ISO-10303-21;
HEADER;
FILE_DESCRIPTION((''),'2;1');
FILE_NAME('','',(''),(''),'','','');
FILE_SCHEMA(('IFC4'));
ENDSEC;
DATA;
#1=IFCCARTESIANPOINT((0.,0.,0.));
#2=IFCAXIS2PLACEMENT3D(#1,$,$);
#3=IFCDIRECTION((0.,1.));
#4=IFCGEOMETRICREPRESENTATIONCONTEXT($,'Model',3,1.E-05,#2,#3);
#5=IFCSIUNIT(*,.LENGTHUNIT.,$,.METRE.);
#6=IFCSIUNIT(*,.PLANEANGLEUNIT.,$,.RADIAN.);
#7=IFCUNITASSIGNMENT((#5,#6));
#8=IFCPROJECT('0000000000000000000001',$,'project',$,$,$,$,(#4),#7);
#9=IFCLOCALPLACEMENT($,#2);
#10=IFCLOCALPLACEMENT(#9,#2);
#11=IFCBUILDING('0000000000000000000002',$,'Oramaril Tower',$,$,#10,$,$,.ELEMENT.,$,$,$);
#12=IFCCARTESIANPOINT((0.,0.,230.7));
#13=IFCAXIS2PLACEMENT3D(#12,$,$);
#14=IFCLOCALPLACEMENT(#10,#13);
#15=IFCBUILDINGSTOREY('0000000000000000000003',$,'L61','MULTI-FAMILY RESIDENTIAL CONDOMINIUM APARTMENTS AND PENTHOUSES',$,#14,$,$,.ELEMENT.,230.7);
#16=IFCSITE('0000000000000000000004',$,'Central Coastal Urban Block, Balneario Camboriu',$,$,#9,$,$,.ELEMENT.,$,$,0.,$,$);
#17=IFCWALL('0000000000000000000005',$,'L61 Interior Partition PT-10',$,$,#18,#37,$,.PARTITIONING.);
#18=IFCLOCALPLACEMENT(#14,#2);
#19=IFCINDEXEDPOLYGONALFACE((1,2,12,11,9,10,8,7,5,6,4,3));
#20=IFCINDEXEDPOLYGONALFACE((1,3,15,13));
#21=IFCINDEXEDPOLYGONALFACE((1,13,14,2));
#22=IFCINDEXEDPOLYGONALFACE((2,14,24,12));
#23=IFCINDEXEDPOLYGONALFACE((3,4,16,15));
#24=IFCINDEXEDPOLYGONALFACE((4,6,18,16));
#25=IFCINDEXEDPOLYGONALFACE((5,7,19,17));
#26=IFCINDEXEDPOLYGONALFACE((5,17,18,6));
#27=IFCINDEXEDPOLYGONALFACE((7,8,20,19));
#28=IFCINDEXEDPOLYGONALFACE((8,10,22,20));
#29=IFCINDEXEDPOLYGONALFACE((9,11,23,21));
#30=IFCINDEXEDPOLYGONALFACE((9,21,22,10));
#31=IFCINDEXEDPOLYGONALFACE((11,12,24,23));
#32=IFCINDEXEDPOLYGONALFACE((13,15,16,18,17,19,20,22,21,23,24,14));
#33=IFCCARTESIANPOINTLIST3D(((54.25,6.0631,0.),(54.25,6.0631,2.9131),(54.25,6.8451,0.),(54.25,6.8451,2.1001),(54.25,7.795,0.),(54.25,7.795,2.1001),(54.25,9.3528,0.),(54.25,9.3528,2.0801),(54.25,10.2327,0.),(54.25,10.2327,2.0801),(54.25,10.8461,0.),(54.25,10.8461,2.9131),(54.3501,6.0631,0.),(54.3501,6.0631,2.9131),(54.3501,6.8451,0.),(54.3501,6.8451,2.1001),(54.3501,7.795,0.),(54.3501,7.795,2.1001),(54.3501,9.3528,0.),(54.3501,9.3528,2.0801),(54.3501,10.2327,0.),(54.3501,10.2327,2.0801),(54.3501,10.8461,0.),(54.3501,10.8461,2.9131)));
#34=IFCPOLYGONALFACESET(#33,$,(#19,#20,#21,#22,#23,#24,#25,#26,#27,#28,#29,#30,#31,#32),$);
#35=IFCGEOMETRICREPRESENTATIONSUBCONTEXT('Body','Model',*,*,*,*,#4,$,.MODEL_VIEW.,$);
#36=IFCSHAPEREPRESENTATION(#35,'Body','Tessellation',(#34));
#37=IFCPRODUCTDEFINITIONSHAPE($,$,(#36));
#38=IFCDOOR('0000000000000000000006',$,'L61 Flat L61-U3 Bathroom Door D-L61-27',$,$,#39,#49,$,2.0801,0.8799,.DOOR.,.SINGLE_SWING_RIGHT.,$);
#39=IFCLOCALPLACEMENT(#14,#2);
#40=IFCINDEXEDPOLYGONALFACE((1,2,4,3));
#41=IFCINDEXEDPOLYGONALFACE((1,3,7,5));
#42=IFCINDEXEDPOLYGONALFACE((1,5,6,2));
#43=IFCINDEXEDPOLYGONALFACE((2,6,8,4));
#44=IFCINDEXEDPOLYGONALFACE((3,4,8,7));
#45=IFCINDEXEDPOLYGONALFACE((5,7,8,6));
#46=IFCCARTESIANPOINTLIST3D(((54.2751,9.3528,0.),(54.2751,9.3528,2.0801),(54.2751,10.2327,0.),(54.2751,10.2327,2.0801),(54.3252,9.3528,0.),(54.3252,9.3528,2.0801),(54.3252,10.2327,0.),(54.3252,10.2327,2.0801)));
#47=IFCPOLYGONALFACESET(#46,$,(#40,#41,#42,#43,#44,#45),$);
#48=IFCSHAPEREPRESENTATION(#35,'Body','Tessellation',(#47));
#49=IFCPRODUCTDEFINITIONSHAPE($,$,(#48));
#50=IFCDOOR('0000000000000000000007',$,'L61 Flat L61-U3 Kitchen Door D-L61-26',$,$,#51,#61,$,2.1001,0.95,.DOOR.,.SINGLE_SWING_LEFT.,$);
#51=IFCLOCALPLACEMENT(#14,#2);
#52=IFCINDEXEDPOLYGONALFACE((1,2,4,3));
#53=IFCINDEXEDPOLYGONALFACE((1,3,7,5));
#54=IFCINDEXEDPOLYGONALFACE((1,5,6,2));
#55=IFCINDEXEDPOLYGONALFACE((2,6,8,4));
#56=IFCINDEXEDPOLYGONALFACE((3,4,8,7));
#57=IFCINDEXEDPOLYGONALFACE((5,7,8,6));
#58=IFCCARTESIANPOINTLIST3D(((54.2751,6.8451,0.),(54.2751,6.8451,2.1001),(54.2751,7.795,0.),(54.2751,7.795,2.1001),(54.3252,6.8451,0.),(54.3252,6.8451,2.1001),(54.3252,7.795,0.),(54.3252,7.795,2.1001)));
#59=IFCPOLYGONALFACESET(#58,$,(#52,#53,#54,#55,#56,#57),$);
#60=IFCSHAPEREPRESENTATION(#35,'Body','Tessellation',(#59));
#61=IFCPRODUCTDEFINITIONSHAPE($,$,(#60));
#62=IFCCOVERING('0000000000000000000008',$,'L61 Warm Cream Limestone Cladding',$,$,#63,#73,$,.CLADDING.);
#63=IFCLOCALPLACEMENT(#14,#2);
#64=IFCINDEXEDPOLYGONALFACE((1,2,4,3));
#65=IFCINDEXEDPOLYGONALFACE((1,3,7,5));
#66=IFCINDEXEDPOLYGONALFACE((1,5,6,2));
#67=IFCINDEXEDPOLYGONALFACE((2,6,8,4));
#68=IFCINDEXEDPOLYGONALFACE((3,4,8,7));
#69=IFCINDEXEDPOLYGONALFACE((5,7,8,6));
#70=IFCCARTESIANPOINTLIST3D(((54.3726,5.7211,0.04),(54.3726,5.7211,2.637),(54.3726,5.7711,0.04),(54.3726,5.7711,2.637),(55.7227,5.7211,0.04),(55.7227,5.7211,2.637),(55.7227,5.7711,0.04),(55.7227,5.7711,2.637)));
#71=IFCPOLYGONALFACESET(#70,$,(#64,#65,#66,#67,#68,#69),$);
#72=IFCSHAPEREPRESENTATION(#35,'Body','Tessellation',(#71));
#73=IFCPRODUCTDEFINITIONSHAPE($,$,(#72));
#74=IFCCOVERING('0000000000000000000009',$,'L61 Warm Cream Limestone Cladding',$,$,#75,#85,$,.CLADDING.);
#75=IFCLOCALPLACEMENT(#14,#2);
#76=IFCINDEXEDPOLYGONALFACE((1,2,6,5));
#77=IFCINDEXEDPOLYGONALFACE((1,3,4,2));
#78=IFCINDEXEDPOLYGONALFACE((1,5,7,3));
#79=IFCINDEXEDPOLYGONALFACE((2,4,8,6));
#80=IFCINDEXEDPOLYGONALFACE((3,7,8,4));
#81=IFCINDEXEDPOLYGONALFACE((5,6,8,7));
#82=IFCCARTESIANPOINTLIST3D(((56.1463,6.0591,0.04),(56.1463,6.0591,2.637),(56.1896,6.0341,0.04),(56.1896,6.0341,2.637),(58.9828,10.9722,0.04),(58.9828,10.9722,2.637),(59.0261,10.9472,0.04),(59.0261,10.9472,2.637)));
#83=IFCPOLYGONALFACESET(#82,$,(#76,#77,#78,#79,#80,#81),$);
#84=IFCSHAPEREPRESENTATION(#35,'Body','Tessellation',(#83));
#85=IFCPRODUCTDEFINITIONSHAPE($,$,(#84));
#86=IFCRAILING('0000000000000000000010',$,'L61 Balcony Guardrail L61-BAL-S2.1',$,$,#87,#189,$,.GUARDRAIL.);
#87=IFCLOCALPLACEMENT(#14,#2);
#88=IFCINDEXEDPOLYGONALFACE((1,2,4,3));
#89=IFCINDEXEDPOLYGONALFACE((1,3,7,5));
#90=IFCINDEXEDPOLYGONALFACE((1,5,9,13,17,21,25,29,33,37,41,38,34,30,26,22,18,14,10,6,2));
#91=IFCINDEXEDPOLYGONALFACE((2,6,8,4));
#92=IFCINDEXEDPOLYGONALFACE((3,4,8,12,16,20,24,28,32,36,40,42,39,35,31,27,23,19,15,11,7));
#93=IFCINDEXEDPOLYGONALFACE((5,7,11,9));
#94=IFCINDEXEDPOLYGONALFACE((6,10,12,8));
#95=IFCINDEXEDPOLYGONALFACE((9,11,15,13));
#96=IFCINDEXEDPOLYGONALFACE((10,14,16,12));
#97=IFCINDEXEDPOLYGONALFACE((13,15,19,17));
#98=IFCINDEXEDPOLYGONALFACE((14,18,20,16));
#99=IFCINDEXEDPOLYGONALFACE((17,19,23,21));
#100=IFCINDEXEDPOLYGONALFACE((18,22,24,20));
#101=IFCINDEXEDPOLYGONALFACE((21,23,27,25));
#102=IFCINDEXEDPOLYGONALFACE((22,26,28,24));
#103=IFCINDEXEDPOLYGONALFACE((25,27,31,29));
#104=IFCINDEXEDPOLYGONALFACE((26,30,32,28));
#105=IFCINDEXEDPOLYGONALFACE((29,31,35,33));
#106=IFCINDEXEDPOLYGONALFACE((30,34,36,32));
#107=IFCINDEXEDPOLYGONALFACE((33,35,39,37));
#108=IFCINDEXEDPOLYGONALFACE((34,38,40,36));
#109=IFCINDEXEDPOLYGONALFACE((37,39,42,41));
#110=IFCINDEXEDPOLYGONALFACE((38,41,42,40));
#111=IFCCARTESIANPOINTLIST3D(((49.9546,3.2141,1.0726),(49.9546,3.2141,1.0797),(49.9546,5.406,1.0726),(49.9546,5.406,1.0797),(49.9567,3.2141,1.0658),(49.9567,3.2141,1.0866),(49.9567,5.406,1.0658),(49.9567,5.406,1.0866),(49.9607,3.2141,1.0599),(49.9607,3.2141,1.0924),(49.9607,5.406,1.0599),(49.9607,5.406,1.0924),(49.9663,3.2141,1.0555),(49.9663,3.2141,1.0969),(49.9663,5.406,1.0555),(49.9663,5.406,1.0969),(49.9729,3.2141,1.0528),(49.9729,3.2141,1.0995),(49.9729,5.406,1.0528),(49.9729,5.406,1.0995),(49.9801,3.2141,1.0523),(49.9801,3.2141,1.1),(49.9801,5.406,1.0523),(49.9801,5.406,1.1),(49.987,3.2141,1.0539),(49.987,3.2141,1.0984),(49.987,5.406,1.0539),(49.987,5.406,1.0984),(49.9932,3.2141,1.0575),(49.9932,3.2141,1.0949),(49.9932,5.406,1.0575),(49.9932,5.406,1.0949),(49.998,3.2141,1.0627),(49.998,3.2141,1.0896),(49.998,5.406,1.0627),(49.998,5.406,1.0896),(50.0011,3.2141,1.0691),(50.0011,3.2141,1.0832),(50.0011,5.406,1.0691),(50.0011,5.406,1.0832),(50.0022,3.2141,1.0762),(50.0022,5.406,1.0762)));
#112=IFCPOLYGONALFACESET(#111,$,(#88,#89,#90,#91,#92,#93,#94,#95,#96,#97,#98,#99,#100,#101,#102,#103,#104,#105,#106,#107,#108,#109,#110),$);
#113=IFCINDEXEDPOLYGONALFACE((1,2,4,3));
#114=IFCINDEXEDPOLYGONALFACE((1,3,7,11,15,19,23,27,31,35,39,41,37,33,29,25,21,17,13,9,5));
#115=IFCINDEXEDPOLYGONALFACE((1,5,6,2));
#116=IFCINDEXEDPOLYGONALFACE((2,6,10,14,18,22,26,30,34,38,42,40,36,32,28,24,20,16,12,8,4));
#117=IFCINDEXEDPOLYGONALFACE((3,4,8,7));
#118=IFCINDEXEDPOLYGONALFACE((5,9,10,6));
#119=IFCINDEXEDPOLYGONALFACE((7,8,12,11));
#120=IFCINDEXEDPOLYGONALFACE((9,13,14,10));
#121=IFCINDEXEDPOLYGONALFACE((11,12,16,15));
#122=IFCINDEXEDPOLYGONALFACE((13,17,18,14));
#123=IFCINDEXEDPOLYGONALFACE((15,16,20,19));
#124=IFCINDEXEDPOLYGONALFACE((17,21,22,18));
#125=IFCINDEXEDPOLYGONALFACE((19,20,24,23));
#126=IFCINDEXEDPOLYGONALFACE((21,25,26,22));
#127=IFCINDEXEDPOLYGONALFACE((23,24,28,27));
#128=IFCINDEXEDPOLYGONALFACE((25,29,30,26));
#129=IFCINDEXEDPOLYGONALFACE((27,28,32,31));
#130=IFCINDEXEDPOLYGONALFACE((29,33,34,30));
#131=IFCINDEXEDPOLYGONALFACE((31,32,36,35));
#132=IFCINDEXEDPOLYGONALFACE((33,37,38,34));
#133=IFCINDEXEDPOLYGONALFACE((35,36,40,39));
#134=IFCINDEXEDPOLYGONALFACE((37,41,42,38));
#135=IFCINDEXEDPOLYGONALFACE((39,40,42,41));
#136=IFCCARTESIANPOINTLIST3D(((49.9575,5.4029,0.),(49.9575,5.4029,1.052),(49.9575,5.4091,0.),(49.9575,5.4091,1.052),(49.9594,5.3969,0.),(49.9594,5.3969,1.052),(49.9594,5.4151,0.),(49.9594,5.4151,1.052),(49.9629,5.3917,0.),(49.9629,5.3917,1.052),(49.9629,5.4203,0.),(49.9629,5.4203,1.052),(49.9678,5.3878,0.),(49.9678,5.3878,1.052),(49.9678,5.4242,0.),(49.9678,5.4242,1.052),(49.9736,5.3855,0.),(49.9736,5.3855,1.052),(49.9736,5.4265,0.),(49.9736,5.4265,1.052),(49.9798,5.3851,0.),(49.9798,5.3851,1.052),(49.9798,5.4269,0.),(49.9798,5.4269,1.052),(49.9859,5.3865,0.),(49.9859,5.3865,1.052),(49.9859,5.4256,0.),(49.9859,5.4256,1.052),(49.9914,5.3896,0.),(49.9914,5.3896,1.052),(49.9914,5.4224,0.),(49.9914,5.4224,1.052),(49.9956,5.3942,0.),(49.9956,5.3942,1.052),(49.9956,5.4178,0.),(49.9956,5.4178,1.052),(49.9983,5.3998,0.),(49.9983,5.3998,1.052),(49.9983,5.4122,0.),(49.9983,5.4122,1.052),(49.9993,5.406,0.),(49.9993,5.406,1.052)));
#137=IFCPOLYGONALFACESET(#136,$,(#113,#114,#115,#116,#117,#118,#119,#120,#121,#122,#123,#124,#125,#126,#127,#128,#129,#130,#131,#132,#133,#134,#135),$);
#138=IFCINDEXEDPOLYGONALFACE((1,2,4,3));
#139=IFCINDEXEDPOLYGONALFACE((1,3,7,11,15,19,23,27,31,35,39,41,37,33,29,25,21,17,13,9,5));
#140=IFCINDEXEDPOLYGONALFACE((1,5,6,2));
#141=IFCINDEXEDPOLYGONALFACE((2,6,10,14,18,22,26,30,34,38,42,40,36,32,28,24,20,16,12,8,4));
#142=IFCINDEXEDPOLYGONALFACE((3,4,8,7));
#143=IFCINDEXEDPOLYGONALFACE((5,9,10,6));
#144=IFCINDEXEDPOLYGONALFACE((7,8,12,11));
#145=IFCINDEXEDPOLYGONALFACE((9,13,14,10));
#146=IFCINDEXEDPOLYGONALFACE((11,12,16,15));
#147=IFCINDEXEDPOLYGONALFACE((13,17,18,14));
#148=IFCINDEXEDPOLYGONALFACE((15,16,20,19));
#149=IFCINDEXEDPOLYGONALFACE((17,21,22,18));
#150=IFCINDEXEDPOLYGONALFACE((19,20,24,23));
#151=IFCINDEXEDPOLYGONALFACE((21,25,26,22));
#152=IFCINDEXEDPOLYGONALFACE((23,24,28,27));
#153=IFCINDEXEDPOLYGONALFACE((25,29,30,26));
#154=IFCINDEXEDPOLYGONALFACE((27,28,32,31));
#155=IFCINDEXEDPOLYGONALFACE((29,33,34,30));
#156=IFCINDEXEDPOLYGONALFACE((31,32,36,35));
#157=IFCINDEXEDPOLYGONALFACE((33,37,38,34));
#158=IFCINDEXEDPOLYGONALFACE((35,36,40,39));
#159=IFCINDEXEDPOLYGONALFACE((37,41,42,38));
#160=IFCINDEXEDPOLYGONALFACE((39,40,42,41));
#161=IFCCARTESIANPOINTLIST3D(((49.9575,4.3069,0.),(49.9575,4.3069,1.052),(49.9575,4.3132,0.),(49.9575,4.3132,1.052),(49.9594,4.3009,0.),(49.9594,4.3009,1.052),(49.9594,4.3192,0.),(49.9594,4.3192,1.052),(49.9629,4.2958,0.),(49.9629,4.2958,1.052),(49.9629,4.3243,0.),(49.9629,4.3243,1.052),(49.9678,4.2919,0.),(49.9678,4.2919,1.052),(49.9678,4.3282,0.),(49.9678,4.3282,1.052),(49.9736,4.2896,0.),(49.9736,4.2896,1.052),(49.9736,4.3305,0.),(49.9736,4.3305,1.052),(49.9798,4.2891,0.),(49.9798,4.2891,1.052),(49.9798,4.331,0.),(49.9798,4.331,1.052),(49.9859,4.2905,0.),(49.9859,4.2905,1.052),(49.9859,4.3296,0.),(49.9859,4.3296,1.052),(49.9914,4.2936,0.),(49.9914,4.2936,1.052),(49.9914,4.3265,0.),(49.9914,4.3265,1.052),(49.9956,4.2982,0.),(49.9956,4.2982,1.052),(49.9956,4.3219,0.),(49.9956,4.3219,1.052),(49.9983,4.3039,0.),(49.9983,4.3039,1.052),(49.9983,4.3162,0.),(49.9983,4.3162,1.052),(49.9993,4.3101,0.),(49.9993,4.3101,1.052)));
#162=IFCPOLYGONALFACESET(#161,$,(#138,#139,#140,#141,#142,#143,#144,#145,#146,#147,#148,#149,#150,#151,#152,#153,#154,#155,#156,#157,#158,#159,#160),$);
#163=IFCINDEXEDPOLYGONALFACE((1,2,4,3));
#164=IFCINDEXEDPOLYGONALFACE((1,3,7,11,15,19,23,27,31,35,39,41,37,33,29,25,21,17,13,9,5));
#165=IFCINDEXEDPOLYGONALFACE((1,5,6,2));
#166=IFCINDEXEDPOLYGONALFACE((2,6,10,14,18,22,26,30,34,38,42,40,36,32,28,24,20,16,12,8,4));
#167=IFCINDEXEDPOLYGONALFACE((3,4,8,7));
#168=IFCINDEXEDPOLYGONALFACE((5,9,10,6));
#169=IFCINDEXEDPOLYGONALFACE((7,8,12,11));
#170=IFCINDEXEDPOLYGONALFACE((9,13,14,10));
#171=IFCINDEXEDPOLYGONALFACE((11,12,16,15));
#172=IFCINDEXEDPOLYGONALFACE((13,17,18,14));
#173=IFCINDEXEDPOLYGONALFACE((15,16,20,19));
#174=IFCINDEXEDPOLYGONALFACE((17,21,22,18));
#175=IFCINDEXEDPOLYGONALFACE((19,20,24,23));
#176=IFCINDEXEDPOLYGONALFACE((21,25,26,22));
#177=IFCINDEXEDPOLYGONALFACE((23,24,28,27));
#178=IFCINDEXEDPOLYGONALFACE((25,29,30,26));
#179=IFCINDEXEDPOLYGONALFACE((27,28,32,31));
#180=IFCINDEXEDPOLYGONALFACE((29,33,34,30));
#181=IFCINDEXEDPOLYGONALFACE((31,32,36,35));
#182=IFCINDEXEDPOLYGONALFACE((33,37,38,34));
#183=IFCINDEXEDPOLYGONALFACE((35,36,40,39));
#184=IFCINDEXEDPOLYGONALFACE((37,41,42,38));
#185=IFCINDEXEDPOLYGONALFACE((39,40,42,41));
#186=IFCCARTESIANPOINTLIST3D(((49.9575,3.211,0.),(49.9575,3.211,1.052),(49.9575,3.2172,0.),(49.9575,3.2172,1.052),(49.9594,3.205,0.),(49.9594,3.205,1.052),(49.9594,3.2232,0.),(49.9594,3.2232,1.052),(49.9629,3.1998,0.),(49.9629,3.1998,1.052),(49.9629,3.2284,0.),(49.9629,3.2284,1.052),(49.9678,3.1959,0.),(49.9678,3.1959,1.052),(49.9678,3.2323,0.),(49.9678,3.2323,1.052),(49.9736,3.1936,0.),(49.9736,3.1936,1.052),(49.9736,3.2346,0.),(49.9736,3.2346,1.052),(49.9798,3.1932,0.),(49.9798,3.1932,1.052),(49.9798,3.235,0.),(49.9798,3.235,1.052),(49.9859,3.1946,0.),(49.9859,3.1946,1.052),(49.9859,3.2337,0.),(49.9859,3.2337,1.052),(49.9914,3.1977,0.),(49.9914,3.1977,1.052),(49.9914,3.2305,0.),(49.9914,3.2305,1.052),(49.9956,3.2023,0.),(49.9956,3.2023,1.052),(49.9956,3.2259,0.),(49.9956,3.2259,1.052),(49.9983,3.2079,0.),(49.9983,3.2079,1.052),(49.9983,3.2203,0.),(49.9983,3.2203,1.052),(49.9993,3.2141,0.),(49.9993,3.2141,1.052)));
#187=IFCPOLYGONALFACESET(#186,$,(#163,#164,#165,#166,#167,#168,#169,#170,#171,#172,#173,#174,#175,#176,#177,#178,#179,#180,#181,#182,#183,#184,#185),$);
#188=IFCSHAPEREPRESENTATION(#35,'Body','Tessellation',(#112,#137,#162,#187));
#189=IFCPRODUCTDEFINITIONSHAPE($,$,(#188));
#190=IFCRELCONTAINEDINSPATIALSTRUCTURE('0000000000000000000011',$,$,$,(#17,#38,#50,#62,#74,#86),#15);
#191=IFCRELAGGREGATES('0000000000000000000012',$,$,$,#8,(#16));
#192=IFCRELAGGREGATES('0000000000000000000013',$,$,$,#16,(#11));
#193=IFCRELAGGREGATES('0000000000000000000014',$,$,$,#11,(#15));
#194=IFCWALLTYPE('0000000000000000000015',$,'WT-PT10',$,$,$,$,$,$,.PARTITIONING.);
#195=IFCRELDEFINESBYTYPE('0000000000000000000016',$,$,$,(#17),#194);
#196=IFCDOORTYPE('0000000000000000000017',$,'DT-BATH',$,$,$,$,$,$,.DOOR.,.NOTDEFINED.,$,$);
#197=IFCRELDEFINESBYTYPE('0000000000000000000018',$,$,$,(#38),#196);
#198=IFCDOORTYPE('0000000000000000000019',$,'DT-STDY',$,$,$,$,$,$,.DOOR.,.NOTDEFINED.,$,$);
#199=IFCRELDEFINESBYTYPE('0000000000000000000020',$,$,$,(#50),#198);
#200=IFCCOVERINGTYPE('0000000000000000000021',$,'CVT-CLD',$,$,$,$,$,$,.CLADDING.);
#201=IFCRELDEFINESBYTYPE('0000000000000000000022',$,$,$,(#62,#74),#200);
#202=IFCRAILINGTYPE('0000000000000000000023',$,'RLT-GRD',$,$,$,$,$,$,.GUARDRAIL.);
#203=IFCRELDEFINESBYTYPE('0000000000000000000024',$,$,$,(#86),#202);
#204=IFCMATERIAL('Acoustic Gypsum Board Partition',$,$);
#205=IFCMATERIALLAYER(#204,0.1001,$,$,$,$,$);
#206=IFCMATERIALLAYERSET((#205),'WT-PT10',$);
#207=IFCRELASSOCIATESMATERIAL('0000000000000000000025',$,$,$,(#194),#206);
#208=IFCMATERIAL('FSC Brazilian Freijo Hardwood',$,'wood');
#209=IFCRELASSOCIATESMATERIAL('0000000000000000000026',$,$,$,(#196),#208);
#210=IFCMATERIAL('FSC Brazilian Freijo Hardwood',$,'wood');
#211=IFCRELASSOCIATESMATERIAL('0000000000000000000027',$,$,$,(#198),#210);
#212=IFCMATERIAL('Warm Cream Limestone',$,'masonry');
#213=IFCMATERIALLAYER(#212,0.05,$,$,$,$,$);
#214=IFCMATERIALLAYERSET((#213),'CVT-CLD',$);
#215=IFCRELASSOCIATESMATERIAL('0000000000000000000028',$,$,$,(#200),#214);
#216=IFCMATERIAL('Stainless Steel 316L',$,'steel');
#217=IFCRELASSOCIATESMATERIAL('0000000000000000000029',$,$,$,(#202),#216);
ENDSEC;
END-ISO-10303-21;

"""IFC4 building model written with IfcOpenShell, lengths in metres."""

from ifc_helpers import new_model, si_unit, direction, frame, frame_2d, origin, origin_2d, place, context, subcontext, project, spatial, rectangle, circle, extrude, material, layer, layer_set, type_object, element, fill, save


model = new_model("IFC4")

# Units and contexts
model_context = context("Model", 3, precision=1e-05, world=origin(), true_north=direction((0.0, 1.0)))
body_context = subcontext(model_context, "Body", "Model", "MODEL_VIEW")
ifc_project = project(units=[si_unit("LENGTHUNIT", "METRE"), si_unit("PLANEANGLEUNIT", "RADIAN")], contexts=[model_context])

# Site, building, storey
site_placement = place(None, origin())
site = spatial("IfcSite", under=ifc_project, at=site_placement, Name="Central Coastal Urban Block, Balneario Camboriu", CompositionType="ELEMENT", RefElevation=0.0)
building_placement = place(site_placement, origin())
building = spatial("IfcBuilding", under=site, at=building_placement, Name="Oramaril Tower", CompositionType="ELEMENT")
storey_placement = place(building_placement, frame((0.0, 0.0, 230.7)))
storey = spatial("IfcBuildingStorey", under=building, at=storey_placement, Name="L61", Description="MULTI-FAMILY RESIDENTIAL CONDOMINIUM APARTMENTS AND PENTHOUSES", CompositionType="ELEMENT", Elevation=230.7)

# Wall, openings, doors
ifc_material_1 = material(Name="Acoustic Gypsum Board Partition")
ifc_layer_1 = layer(ifc_material_1, 0.1001)
ifc_layer_set_1 = layer_set([ifc_layer_1], Name="WT-PT10")
wall_type_1 = type_object("IfcWallType", Name="WT-PT10", PredefinedType="PARTITIONING", material=ifc_layer_set_1)
wall_1_placement = place(storey_placement, frame((54.3, 6.063, 0.0), z_axis=(0.0, 0.0, 1.0), x_axis=(0.0, 1.0, 0.0)))
wall_1 = element("IfcWall", 1, at=wall_1_placement, inside=storey, type_object=wall_type_1, Name="L61 Interior Partition PT-10", PredefinedType="PARTITIONING", context=body_context, shape_type="SweptSolid", body=[
    extrude(rectangle(XDim=4.783, YDim=0.1001, at=frame_2d((2.3916, 0.0))), origin(), (0.0, 0.0, 1.0), 2.9131),
])
opening_1_placement = place(wall_1_placement, frame((0.782, 0.0, 0.0)))
opening_1 = element("IfcOpeningElement", 2, at=opening_1_placement, cuts=wall_1, PredefinedType="OPENING", context=body_context, shape_type="SweptSolid", body=[
    extrude(rectangle(XDim=0.95, YDim=2.1001, at=frame_2d((0.4751, 1.05))), frame((0.0, 0.05, 0.0), z_axis=(0.0, -1.0, 0.0), x_axis=(1.0, 0.0, 0.0)), (0.0, 0.0, 1.0), 0.1001),
])
opening_2_placement = place(wall_1_placement, frame((3.2898, 0.0, 0.0)))
opening_2 = element("IfcOpeningElement", 3, at=opening_2_placement, cuts=wall_1, PredefinedType="OPENING", context=body_context, shape_type="SweptSolid", body=[
    extrude(rectangle(XDim=0.8799, YDim=2.0801, at=frame_2d((0.4399, 1.04))), frame((0.0, 0.05, 0.0), z_axis=(0.0, -1.0, 0.0), x_axis=(1.0, 0.0, 0.0)), (0.0, 0.0, 1.0), 0.1001),
])
ifc_material_2 = material(Name="FSC Brazilian Freijo Hardwood", Category="wood")
door_type_1 = type_object("IfcDoorType", Name="DT-BATH", OperationType="NOTDEFINED", PredefinedType="DOOR", material=ifc_material_2)
door_1_placement = place(opening_2_placement, origin())
door_1 = element("IfcDoor", 4, at=door_1_placement, inside=storey, type_object=door_type_1, Name="L61 Flat L61-U3 Bathroom Door D-L61-27", OperationType="SINGLE_SWING_RIGHT", OverallHeight=2.0801, OverallWidth=0.8799, PredefinedType="DOOR", context=body_context, shape_type="SweptSolid", body=[
    extrude(rectangle(XDim=0.8799, YDim=2.0801, at=frame_2d((0.4399, 1.04))), frame((0.0, 0.0249, 0.0), z_axis=(0.0, -1.0, 0.0), x_axis=(1.0, 0.0, 0.0)), (0.0, 0.0, 1.0), 0.05),
])
fill(opening_2, door_1)
ifc_material_3 = material(Name="FSC Brazilian Freijo Hardwood", Category="wood")
door_type_2 = type_object("IfcDoorType", Name="DT-STDY", OperationType="NOTDEFINED", PredefinedType="DOOR", material=ifc_material_3)
door_2_placement = place(opening_1_placement, origin())
door_2 = element("IfcDoor", 5, at=door_2_placement, inside=storey, type_object=door_type_2, Name="L61 Flat L61-U3 Kitchen Door D-L61-26", OperationType="SINGLE_SWING_LEFT", OverallHeight=2.1001, OverallWidth=0.95, PredefinedType="DOOR", context=body_context, shape_type="SweptSolid", body=[
    extrude(rectangle(XDim=0.95, YDim=2.1001, at=frame_2d((0.4751, 1.05))), frame((0.0, 0.0249, 0.0), z_axis=(0.0, -1.0, 0.0), x_axis=(1.0, 0.0, 0.0)), (0.0, 0.0, 1.0), 0.05),
])
fill(opening_1, door_2)

# Coverings
ifc_material_4 = material(Name="Warm Cream Limestone", Category="masonry")
ifc_layer_2 = layer(ifc_material_4, 0.05)
ifc_layer_set_2 = layer_set([ifc_layer_2], Name="CVT-CLD")
covering_type = type_object("IfcCoveringType", Name="CVT-CLD", PredefinedType="CLADDING", material=ifc_layer_set_2)
covering_1_placement = place(storey_placement, frame((55.0476, 5.7461, 0.04), z_axis=(0.0, 0.0, 1.0), x_axis=(1.0, 0.0, 0.0)))
element("IfcCovering", 6, at=covering_1_placement, inside=storey, type_object=covering_type, Name="L61 Warm Cream Limestone Cladding", PredefinedType="CLADDING", context=body_context, shape_type="SweptSolid", body=[
    extrude(rectangle(XDim=1.3501, YDim=0.05, at=origin_2d()), origin(), (0.0, 0.0, 1.0), 2.5969),
])
covering_2_placement = place(storey_placement, frame((57.5862, 8.5032, 0.04), z_axis=(0.0, 0.0, 1.0), x_axis=(0.499991, 0.866031, 0.0)))
element("IfcCovering", 7, at=covering_2_placement, inside=storey, type_object=covering_type, Name="L61 Warm Cream Limestone Cladding", PredefinedType="CLADDING", context=body_context, shape_type="SweptSolid", body=[
    extrude(rectangle(XDim=5.6731, YDim=0.05, at=origin_2d()), origin(), (0.0, 0.0, 1.0), 2.5969),
])

# Railing
ifc_material_5 = material(Name="Stainless Steel 316L", Category="steel")
railing_type = type_object("IfcRailingType", Name="RLT-GRD", PredefinedType="GUARDRAIL", material=ifc_material_5)
railing_1_placement = place(storey_placement, frame((49.9783, 5.406, 0.0)))
element("IfcRailing", 8, at=railing_1_placement, inside=storey, type_object=railing_type, Name="L61 Balcony Guardrail L61-BAL-S2.1", PredefinedType="GUARDRAIL", context=body_context, shape_type="SweptSolid", body=[
    extrude(circle(Radius=0.0239, at=origin_2d()), frame((0.0, 0.0, 1.0762), z_axis=(0.0, -1.0, 0.0), x_axis=(1.0, 0.0, 0.0)), (0.0, 0.0, 1.0), 2.1919),
    extrude(circle(Radius=0.021, at=origin_2d()), origin(), (0.0, 0.0, 1.0), 1.052),
    extrude(circle(Radius=0.021, at=origin_2d()), frame((0.0, -1.0959, 0.0)), (0.0, 0.0, 1.0), 1.052),
    extrude(circle(Radius=0.021, at=origin_2d()), frame((0.0, -2.1919, 0.0)), (0.0, 0.0, 1.0), 1.052),
])

save(model, "model.ifc")
